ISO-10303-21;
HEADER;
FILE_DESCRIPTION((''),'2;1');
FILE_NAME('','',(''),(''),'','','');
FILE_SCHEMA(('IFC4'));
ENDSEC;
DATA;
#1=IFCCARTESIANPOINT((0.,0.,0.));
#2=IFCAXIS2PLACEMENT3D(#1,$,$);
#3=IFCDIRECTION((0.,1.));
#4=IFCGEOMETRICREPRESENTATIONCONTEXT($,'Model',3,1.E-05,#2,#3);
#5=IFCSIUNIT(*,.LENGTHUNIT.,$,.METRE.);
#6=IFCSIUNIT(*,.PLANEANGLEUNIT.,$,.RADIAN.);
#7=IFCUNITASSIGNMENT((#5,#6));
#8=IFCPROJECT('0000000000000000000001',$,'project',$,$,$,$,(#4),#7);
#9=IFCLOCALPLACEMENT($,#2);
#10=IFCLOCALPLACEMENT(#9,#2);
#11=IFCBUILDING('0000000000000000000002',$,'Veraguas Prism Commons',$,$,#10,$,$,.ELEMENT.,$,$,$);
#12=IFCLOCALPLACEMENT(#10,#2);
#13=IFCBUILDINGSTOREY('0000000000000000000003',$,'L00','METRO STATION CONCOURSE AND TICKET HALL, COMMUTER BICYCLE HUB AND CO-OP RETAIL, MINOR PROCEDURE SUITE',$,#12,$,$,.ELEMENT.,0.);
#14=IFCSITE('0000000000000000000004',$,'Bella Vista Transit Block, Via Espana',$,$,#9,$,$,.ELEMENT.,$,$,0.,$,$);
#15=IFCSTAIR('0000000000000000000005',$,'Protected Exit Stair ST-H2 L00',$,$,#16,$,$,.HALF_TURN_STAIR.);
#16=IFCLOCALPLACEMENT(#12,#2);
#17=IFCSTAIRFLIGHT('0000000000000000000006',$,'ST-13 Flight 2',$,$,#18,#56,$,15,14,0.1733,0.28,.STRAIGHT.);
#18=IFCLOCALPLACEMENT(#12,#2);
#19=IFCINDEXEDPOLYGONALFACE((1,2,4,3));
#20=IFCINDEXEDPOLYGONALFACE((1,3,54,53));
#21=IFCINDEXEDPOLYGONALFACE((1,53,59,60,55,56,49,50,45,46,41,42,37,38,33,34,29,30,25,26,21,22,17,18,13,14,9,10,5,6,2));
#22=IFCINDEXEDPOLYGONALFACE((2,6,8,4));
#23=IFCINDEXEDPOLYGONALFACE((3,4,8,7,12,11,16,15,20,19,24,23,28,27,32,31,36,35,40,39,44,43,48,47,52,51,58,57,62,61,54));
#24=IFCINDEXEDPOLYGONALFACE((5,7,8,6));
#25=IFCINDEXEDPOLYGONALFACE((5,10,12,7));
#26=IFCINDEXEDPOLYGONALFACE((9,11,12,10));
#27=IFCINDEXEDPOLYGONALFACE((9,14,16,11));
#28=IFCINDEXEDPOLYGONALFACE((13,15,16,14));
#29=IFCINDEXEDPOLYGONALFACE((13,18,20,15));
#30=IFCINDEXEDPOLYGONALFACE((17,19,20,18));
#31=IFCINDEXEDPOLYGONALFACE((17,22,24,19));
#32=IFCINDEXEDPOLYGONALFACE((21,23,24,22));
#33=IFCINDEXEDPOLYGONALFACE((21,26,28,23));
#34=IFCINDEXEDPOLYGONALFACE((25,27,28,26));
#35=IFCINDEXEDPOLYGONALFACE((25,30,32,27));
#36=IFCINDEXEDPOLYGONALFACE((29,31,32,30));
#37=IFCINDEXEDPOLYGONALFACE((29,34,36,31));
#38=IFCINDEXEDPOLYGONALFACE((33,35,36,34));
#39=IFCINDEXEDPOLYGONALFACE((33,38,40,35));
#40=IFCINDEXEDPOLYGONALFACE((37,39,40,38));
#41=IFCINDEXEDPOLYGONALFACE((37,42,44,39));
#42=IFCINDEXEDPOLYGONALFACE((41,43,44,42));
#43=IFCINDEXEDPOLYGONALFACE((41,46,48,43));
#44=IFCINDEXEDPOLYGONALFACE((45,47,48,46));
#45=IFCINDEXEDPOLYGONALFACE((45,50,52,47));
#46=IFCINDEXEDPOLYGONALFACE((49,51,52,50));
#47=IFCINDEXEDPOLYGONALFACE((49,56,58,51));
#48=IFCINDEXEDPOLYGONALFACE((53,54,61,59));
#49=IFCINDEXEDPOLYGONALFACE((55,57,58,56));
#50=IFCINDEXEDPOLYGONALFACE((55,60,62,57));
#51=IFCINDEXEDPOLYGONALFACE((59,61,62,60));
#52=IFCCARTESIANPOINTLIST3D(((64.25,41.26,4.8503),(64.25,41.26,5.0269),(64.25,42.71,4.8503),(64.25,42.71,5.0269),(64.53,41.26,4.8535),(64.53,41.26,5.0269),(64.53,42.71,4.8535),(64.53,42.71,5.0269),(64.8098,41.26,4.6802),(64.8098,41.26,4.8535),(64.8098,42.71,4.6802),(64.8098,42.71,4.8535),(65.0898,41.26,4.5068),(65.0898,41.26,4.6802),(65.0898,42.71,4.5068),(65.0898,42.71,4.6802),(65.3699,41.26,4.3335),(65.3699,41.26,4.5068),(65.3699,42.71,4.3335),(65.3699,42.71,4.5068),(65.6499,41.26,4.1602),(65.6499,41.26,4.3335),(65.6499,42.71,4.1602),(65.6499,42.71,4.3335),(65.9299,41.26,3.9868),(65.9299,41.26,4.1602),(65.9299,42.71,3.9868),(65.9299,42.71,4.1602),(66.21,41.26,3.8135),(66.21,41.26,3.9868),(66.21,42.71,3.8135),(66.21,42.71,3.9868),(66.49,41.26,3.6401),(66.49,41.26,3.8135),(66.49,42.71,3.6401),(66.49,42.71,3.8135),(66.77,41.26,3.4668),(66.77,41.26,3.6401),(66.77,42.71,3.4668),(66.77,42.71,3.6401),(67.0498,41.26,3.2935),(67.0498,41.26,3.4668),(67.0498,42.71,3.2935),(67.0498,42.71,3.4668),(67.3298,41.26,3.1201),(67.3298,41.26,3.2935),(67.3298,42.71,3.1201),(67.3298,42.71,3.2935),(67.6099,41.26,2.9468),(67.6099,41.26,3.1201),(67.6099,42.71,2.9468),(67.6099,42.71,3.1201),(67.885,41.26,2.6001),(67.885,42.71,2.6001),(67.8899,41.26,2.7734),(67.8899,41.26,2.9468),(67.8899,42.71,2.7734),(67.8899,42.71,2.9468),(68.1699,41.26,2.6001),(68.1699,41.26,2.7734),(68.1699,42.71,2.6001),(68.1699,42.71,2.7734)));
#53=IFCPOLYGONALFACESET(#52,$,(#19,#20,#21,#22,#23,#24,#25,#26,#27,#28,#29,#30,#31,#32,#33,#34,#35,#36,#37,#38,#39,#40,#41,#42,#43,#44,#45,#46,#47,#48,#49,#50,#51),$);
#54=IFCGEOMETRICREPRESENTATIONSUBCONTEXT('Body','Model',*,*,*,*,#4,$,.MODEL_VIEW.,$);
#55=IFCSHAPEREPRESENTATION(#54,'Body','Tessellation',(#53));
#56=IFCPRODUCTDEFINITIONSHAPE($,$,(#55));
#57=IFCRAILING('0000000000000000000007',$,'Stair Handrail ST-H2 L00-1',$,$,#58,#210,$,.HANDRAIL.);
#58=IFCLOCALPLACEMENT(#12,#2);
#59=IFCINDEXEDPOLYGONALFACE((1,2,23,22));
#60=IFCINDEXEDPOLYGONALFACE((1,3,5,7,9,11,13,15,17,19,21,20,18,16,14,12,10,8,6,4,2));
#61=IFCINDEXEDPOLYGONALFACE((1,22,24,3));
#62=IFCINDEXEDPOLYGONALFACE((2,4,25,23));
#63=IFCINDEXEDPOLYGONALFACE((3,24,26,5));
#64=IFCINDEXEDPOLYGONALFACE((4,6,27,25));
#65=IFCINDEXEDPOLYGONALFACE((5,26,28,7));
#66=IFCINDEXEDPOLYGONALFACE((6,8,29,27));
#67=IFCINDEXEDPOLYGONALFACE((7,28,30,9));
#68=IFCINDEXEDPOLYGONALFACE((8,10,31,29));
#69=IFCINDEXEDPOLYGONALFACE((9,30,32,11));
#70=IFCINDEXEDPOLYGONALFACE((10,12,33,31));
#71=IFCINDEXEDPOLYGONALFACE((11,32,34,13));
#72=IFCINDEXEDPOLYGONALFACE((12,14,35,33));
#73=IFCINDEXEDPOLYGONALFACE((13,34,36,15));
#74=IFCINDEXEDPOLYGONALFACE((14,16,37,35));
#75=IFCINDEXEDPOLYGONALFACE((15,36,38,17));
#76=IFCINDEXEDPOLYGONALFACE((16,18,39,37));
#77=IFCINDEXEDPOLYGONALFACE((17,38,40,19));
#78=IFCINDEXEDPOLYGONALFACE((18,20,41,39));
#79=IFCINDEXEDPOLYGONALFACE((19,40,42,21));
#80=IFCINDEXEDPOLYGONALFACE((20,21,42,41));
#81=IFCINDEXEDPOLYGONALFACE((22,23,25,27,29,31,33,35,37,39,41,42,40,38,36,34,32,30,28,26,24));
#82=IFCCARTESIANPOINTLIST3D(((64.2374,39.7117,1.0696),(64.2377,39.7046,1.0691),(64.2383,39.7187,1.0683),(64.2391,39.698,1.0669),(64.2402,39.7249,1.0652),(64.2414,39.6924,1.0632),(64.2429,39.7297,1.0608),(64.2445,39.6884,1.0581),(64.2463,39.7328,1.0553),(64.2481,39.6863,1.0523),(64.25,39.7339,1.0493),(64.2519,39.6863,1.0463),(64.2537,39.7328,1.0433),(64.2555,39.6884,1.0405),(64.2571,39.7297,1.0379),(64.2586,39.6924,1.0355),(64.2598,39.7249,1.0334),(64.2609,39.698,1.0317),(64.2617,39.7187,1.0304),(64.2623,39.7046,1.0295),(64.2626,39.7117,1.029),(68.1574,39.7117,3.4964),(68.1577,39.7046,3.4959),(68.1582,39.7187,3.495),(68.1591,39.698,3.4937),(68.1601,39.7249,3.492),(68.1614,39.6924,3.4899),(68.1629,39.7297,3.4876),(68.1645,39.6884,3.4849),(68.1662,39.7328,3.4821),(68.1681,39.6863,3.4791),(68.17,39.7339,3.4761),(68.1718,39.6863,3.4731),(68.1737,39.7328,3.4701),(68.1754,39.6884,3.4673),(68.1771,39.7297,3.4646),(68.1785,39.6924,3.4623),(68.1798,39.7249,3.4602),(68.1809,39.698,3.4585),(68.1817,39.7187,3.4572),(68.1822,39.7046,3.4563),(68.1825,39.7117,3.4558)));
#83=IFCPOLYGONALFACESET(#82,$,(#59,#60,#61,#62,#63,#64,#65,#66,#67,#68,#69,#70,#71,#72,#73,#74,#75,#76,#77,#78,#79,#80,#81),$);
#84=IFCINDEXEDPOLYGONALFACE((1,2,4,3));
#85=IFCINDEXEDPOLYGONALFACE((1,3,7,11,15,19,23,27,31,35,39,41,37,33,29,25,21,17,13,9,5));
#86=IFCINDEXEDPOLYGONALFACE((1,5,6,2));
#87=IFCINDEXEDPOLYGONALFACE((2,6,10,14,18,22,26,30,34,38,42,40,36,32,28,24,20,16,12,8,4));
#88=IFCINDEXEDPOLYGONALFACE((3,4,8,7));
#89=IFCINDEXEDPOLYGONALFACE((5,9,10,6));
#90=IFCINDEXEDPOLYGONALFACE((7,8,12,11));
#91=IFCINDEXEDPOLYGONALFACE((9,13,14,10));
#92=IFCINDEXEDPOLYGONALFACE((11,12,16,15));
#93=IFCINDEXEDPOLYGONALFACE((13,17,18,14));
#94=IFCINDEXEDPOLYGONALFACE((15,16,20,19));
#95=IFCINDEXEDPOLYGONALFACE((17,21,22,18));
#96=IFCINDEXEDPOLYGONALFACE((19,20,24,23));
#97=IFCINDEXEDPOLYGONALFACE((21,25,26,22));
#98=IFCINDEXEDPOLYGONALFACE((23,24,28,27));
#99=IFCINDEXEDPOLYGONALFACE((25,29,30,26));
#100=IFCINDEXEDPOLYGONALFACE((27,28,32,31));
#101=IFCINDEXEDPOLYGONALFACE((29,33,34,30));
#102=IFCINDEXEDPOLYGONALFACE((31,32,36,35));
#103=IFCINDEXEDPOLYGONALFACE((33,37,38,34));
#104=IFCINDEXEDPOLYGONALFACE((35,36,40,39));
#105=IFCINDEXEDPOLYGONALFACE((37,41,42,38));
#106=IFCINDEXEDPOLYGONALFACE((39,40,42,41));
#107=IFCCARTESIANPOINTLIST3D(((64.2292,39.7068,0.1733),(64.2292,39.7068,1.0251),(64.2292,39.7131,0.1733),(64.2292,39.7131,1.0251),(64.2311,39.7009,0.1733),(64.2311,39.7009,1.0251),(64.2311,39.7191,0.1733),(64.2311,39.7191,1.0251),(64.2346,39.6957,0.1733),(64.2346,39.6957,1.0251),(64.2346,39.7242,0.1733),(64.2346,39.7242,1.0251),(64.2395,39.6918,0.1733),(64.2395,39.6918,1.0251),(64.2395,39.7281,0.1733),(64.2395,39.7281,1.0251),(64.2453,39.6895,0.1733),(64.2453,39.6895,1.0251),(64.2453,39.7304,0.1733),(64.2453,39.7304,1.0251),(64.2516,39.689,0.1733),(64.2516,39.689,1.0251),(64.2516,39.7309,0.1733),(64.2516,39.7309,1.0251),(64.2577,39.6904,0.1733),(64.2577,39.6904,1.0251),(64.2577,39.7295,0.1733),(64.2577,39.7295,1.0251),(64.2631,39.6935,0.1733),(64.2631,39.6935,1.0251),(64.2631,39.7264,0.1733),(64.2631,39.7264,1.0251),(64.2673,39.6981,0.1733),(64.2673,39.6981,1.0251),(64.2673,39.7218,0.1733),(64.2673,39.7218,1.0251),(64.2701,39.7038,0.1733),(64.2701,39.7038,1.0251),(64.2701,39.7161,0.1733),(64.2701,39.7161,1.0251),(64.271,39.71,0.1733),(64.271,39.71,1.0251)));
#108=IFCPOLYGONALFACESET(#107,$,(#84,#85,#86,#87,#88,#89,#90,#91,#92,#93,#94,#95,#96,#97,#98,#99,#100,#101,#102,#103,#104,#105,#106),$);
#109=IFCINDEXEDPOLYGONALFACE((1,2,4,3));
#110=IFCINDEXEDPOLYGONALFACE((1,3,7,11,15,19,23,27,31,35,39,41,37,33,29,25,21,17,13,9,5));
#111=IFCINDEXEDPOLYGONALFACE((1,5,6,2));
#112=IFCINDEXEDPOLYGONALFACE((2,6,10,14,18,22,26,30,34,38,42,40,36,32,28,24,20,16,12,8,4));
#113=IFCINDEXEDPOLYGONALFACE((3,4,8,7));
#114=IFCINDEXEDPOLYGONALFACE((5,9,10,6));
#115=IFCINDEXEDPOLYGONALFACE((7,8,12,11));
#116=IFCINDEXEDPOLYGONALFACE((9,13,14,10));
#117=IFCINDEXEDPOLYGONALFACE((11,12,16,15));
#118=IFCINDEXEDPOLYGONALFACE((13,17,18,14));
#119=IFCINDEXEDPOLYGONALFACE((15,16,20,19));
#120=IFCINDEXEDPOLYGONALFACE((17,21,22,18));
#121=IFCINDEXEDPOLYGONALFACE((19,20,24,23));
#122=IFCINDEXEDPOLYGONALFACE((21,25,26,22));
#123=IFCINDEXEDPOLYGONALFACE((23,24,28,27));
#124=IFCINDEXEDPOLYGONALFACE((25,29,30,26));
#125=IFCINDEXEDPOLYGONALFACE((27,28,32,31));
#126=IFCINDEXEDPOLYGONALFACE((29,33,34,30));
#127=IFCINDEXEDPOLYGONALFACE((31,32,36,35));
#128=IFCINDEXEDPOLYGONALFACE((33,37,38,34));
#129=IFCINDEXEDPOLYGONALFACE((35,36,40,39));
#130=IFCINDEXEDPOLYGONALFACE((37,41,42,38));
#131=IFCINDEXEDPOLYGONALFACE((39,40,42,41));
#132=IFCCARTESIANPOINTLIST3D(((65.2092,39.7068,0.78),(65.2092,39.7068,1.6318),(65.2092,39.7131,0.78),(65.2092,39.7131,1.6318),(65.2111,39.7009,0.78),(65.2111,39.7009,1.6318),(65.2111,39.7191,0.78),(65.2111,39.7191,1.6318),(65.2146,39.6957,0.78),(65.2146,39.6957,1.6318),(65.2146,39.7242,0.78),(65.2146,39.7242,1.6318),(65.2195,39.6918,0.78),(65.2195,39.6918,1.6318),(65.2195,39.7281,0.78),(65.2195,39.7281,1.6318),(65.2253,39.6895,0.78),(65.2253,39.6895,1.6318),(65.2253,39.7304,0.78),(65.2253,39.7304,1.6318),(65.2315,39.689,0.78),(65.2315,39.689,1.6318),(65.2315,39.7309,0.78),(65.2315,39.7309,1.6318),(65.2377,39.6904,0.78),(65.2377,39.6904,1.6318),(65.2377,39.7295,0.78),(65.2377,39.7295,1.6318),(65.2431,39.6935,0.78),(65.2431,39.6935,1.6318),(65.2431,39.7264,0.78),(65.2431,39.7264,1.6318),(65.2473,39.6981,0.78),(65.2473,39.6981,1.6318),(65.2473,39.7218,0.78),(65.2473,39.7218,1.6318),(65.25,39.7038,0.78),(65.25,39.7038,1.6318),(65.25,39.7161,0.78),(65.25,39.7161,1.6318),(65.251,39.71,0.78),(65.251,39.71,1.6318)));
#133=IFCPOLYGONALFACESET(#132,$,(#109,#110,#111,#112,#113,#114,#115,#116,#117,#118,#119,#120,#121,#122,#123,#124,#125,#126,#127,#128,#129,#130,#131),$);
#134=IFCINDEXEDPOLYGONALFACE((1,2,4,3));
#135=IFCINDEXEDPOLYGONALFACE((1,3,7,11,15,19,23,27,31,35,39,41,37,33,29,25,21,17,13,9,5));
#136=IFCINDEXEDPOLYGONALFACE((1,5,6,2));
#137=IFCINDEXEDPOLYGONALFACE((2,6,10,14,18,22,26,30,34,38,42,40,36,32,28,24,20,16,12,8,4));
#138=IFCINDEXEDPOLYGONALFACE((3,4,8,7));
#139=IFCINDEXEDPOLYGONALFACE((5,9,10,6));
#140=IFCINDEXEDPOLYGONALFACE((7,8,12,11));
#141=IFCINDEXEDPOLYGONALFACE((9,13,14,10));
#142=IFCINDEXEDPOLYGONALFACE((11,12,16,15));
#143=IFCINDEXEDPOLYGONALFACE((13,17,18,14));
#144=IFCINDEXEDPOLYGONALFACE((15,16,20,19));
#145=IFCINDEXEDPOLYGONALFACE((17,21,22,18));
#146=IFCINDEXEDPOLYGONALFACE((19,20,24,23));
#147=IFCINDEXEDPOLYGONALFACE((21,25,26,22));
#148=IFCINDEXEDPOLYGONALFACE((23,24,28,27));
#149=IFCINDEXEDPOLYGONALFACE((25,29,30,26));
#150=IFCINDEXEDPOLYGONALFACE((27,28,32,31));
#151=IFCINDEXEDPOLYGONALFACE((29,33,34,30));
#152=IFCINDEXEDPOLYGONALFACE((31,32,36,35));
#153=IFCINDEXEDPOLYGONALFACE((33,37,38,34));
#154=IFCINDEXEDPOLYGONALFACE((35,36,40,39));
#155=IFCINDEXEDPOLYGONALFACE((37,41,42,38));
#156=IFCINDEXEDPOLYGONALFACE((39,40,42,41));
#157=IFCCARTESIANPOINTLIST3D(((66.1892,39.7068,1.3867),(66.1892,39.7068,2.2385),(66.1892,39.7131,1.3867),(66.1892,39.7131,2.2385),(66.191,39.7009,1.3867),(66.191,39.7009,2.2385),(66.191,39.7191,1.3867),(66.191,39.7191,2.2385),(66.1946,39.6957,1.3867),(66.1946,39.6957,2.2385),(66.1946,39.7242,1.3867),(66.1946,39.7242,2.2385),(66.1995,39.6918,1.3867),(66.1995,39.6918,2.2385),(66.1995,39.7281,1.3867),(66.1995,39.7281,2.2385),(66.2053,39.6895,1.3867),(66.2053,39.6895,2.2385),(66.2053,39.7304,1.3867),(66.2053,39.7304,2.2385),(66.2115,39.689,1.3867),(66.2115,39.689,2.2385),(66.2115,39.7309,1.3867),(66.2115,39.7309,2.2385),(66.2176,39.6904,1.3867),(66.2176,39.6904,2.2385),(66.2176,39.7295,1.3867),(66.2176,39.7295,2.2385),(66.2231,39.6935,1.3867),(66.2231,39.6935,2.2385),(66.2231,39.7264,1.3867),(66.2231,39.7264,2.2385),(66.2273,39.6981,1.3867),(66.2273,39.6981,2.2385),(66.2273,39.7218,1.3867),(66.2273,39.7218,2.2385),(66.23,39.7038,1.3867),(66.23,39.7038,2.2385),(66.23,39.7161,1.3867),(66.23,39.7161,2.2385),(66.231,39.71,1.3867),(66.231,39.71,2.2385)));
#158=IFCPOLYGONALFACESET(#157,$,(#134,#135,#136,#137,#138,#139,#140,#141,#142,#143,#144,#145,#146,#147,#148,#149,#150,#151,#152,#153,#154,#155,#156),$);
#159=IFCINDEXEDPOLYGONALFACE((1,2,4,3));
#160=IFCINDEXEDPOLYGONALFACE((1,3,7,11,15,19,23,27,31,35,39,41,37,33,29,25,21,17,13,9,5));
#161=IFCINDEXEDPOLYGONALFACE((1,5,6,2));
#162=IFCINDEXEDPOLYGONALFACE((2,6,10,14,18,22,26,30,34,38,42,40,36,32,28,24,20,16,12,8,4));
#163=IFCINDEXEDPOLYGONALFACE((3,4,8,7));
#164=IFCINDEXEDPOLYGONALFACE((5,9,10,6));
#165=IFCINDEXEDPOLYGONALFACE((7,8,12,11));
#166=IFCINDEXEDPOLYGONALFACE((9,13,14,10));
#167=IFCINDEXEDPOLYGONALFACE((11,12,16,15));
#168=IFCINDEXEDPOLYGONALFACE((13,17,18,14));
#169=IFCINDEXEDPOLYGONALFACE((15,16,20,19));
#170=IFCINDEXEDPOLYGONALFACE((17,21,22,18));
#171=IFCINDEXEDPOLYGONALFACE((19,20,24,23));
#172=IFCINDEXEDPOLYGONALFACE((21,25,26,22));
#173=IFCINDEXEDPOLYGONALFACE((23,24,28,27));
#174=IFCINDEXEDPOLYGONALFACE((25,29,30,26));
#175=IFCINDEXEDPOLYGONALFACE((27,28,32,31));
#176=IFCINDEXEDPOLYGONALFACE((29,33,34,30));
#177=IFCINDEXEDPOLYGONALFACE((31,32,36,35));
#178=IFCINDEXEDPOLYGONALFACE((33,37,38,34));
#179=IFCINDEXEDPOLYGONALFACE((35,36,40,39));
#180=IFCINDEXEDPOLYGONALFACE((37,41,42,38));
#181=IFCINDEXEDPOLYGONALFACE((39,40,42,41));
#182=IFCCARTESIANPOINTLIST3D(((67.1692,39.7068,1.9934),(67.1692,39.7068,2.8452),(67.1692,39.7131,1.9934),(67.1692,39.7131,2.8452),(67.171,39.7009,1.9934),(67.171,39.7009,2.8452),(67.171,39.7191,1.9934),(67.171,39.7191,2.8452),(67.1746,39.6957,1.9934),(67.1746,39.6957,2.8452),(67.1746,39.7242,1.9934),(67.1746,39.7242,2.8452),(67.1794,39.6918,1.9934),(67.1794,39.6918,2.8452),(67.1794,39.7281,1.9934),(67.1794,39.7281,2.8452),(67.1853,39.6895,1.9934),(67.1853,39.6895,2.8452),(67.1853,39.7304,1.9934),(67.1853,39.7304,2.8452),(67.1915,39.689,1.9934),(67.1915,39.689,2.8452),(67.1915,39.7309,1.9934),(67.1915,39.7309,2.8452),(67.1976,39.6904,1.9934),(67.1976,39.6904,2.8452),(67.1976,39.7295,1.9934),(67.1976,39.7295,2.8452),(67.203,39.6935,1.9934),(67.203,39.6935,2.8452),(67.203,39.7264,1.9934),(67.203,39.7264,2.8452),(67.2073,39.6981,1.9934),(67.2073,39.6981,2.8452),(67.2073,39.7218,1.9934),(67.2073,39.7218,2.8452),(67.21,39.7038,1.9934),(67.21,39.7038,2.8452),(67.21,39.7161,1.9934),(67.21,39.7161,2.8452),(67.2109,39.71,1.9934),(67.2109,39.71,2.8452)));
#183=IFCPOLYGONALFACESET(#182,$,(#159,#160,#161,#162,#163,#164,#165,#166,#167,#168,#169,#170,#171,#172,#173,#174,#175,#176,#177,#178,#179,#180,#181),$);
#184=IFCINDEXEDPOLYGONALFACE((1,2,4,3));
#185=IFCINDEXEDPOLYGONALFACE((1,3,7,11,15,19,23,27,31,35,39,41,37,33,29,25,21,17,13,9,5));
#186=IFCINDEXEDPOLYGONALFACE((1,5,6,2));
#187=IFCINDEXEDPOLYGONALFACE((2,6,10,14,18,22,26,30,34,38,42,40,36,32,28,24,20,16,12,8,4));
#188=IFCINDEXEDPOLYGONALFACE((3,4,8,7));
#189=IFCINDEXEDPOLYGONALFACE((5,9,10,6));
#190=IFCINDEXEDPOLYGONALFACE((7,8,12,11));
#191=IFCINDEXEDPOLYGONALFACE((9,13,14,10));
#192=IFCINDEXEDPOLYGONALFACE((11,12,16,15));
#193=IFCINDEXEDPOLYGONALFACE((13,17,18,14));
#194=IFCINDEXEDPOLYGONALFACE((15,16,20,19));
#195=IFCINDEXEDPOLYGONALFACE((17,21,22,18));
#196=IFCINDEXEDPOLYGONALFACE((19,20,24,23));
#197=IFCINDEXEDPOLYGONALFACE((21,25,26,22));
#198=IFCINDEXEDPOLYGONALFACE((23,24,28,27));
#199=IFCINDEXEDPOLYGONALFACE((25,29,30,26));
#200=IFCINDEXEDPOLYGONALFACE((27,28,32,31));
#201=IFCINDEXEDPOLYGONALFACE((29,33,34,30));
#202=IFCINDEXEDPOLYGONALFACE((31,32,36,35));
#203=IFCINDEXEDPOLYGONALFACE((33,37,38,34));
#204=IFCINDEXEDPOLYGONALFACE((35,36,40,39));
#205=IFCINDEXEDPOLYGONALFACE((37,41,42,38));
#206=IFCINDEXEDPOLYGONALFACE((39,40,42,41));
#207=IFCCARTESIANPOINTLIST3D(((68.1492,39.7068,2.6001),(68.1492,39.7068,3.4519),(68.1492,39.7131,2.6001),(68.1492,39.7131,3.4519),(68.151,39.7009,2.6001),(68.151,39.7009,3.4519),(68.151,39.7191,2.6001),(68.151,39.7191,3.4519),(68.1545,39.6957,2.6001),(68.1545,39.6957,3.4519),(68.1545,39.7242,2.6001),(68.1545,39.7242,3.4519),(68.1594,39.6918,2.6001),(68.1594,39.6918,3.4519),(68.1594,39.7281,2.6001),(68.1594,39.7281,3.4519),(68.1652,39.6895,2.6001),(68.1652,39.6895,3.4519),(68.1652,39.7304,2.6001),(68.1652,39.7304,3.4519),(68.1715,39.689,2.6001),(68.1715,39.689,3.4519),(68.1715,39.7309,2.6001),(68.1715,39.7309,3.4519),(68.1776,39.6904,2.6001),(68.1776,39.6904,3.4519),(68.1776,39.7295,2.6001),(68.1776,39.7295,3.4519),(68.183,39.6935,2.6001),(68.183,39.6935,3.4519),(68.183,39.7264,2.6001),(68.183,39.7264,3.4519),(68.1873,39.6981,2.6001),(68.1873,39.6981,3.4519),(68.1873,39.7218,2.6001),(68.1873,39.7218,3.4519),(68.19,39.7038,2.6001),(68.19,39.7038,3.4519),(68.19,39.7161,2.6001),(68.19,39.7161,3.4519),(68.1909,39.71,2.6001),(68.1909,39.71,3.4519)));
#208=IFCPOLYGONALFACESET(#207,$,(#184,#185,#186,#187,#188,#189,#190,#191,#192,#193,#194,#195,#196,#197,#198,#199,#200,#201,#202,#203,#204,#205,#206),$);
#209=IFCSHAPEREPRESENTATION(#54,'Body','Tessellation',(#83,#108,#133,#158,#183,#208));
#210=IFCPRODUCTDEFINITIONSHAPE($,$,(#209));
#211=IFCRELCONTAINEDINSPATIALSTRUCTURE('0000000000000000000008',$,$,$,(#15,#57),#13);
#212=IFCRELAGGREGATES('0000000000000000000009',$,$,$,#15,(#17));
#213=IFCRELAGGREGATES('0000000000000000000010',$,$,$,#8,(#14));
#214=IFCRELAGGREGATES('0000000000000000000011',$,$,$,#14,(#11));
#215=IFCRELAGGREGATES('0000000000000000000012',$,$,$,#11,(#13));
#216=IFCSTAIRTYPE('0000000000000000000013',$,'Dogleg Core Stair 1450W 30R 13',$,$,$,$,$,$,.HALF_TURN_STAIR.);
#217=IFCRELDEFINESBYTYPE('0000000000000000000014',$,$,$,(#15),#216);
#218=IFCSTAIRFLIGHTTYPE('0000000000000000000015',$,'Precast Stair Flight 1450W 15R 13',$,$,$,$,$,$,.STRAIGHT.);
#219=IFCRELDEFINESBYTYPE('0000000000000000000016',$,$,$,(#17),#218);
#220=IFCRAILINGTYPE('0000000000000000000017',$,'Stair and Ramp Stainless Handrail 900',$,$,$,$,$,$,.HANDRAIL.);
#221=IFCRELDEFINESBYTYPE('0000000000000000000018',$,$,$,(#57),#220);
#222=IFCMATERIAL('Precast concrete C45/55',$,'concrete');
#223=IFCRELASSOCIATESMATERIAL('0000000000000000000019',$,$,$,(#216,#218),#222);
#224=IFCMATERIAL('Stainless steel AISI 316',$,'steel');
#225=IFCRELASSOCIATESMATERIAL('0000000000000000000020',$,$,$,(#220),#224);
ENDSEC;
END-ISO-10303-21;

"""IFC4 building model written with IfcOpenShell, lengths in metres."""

from ifc_helpers import new_model, si_unit, direction, frame, origin, origin_2d, place, context, subcontext, project, spatial, polyline, circle, outline, extrude, material, type_object, element, aggregate, save


model = new_model("IFC4")

# Units and contexts
model_context = context("Model", 3, precision=1e-05, world=origin(), true_north=direction((0.0, 1.0)))
body_context = subcontext(model_context, "Body", "Model", "MODEL_VIEW")
ifc_project = project(units=[si_unit("LENGTHUNIT", "METRE"), si_unit("PLANEANGLEUNIT", "RADIAN")], contexts=[model_context])

# Site, building, storey
site_placement = place(None, origin())
site = spatial("IfcSite", under=ifc_project, at=site_placement, Name="Bella Vista Transit Block, Via Espana", CompositionType="ELEMENT", RefElevation=0.0)
building_placement = place(site_placement, origin())
building = spatial("IfcBuilding", under=site, at=building_placement, Name="Veraguas Prism Commons", CompositionType="ELEMENT")
storey_placement = place(building_placement, origin())
storey = spatial("IfcBuildingStorey", under=building, at=storey_placement, Name="L00", Description="METRO STATION CONCOURSE AND TICKET HALL, COMMUTER BICYCLE HUB AND CO-OP RETAIL, MINOR PROCEDURE SUITE", CompositionType="ELEMENT", Elevation=0.0)

# Stair, stair flight
ifc_material_1 = material(Name="Precast concrete C45/55", Category="concrete")
stair_type = type_object("IfcStairType", Name="Dogleg Core Stair 1450W 30R 13", PredefinedType="HALF_TURN_STAIR", material=ifc_material_1)
stair_placement = place(storey_placement, origin())
stair = element("IfcStair", 1, at=stair_placement, inside=storey, type_object=stair_type, Name="Protected Exit Stair ST-H2 L00", PredefinedType="HALF_TURN_STAIR")
stair_flight_type = type_object("IfcStairFlightType", Name="Precast Stair Flight 1450W 15R 13", PredefinedType="STRAIGHT", material=ifc_material_1)
stair_flight_1_placement = place(storey_placement, frame((68.1699, 41.9851, 2.6001), z_axis=(0.0, 0.0, 1.0), x_axis=(-1.0, 0.0, 0.0)))
stair_flight_1 = element("IfcStairFlight", 2, at=stair_flight_1_placement, type_object=stair_flight_type, Name="ST-13 Flight 2", NumberOfRisers=15, NumberOfTreads=14, PredefinedType="STRAIGHT", RiserHeight=0.1733, TreadLength=0.28, context=body_context, shape_type="SweptSolid", body=[
    extrude(outline(polyline([(0.0, 0.0), (0.0, 0.1733), (0.28, 0.1733), (0.28, 0.3467), (0.5601, 0.3467), (0.5601, 0.52), (0.8401, 0.52), (0.8401, 0.6934), (1.1201, 0.6934), (1.1201, 0.8667), (1.3999, 0.8667), (1.3999, 1.04), (1.6799, 1.04), (1.6799, 1.2134), (1.96, 1.2134), (1.96, 1.3867), (2.24, 1.3867), (2.24, 1.5601), (2.52, 1.5601), (2.52, 1.7334), (2.8, 1.7334), (2.8, 1.9067), (3.0801, 1.9067), (3.0801, 2.0801), (3.3601, 2.0801), (3.3601, 2.2534), (3.6399, 2.2534), (3.6399, 2.4268), (3.9199, 2.4268), (3.9199, 2.6001), (3.9199, 2.2502), (0.2849, 0.0), (0.0, 0.0)])), frame((0.0, 0.7251, 0.0), z_axis=(0.0, -1.0, 0.0), x_axis=(1.0, 0.0, 0.0)), (0.0, 0.0, 1.0), 1.45),
])
aggregate(stair, [stair_flight_1])

# Railing
ifc_material_2 = material(Name="Stainless steel AISI 316", Category="steel")
railing_type_1 = type_object("IfcRailingType", Name="Stair and Ramp Stainless Handrail 900", PredefinedType="HANDRAIL", material=ifc_material_2)
railing_1_placement = place(storey_placement, frame((64.25, 39.71, 0.1733)))
element("IfcRailing", 3, at=railing_1_placement, inside=storey, type_object=railing_type_1, Name="Stair Handrail ST-H2 L00-1", PredefinedType="HANDRAIL", context=body_context, shape_type="SweptSolid", body=[
    extrude(circle(Radius=0.0239, at=origin_2d()), frame((0.0, 0.0, 0.876), z_axis=(0.850252, 0.0, 0.526376), x_axis=(0.0, 1.0, 0.0)), (0.0, 0.0, 1.0), 4.6104),
    extrude(circle(Radius=0.021, at=origin_2d()), origin(), (0.0, 0.0, 1.0), 0.8518),
    extrude(circle(Radius=0.021, at=origin_2d()), frame((0.98, 0.0, 0.6067)), (0.0, 0.0, 1.0), 0.8518),
    extrude(circle(Radius=0.021, at=origin_2d()), frame((1.96, 0.0, 1.2134)), (0.0, 0.0, 1.0), 0.8518),
    extrude(circle(Radius=0.021, at=origin_2d()), frame((2.9399, 0.0, 1.8201)), (0.0, 0.0, 1.0), 0.8518),
    extrude(circle(Radius=0.021, at=origin_2d()), frame((3.9199, 0.0, 2.4268)), (0.0, 0.0, 1.0), 0.8518),
])

save(model, "model.ifc")
